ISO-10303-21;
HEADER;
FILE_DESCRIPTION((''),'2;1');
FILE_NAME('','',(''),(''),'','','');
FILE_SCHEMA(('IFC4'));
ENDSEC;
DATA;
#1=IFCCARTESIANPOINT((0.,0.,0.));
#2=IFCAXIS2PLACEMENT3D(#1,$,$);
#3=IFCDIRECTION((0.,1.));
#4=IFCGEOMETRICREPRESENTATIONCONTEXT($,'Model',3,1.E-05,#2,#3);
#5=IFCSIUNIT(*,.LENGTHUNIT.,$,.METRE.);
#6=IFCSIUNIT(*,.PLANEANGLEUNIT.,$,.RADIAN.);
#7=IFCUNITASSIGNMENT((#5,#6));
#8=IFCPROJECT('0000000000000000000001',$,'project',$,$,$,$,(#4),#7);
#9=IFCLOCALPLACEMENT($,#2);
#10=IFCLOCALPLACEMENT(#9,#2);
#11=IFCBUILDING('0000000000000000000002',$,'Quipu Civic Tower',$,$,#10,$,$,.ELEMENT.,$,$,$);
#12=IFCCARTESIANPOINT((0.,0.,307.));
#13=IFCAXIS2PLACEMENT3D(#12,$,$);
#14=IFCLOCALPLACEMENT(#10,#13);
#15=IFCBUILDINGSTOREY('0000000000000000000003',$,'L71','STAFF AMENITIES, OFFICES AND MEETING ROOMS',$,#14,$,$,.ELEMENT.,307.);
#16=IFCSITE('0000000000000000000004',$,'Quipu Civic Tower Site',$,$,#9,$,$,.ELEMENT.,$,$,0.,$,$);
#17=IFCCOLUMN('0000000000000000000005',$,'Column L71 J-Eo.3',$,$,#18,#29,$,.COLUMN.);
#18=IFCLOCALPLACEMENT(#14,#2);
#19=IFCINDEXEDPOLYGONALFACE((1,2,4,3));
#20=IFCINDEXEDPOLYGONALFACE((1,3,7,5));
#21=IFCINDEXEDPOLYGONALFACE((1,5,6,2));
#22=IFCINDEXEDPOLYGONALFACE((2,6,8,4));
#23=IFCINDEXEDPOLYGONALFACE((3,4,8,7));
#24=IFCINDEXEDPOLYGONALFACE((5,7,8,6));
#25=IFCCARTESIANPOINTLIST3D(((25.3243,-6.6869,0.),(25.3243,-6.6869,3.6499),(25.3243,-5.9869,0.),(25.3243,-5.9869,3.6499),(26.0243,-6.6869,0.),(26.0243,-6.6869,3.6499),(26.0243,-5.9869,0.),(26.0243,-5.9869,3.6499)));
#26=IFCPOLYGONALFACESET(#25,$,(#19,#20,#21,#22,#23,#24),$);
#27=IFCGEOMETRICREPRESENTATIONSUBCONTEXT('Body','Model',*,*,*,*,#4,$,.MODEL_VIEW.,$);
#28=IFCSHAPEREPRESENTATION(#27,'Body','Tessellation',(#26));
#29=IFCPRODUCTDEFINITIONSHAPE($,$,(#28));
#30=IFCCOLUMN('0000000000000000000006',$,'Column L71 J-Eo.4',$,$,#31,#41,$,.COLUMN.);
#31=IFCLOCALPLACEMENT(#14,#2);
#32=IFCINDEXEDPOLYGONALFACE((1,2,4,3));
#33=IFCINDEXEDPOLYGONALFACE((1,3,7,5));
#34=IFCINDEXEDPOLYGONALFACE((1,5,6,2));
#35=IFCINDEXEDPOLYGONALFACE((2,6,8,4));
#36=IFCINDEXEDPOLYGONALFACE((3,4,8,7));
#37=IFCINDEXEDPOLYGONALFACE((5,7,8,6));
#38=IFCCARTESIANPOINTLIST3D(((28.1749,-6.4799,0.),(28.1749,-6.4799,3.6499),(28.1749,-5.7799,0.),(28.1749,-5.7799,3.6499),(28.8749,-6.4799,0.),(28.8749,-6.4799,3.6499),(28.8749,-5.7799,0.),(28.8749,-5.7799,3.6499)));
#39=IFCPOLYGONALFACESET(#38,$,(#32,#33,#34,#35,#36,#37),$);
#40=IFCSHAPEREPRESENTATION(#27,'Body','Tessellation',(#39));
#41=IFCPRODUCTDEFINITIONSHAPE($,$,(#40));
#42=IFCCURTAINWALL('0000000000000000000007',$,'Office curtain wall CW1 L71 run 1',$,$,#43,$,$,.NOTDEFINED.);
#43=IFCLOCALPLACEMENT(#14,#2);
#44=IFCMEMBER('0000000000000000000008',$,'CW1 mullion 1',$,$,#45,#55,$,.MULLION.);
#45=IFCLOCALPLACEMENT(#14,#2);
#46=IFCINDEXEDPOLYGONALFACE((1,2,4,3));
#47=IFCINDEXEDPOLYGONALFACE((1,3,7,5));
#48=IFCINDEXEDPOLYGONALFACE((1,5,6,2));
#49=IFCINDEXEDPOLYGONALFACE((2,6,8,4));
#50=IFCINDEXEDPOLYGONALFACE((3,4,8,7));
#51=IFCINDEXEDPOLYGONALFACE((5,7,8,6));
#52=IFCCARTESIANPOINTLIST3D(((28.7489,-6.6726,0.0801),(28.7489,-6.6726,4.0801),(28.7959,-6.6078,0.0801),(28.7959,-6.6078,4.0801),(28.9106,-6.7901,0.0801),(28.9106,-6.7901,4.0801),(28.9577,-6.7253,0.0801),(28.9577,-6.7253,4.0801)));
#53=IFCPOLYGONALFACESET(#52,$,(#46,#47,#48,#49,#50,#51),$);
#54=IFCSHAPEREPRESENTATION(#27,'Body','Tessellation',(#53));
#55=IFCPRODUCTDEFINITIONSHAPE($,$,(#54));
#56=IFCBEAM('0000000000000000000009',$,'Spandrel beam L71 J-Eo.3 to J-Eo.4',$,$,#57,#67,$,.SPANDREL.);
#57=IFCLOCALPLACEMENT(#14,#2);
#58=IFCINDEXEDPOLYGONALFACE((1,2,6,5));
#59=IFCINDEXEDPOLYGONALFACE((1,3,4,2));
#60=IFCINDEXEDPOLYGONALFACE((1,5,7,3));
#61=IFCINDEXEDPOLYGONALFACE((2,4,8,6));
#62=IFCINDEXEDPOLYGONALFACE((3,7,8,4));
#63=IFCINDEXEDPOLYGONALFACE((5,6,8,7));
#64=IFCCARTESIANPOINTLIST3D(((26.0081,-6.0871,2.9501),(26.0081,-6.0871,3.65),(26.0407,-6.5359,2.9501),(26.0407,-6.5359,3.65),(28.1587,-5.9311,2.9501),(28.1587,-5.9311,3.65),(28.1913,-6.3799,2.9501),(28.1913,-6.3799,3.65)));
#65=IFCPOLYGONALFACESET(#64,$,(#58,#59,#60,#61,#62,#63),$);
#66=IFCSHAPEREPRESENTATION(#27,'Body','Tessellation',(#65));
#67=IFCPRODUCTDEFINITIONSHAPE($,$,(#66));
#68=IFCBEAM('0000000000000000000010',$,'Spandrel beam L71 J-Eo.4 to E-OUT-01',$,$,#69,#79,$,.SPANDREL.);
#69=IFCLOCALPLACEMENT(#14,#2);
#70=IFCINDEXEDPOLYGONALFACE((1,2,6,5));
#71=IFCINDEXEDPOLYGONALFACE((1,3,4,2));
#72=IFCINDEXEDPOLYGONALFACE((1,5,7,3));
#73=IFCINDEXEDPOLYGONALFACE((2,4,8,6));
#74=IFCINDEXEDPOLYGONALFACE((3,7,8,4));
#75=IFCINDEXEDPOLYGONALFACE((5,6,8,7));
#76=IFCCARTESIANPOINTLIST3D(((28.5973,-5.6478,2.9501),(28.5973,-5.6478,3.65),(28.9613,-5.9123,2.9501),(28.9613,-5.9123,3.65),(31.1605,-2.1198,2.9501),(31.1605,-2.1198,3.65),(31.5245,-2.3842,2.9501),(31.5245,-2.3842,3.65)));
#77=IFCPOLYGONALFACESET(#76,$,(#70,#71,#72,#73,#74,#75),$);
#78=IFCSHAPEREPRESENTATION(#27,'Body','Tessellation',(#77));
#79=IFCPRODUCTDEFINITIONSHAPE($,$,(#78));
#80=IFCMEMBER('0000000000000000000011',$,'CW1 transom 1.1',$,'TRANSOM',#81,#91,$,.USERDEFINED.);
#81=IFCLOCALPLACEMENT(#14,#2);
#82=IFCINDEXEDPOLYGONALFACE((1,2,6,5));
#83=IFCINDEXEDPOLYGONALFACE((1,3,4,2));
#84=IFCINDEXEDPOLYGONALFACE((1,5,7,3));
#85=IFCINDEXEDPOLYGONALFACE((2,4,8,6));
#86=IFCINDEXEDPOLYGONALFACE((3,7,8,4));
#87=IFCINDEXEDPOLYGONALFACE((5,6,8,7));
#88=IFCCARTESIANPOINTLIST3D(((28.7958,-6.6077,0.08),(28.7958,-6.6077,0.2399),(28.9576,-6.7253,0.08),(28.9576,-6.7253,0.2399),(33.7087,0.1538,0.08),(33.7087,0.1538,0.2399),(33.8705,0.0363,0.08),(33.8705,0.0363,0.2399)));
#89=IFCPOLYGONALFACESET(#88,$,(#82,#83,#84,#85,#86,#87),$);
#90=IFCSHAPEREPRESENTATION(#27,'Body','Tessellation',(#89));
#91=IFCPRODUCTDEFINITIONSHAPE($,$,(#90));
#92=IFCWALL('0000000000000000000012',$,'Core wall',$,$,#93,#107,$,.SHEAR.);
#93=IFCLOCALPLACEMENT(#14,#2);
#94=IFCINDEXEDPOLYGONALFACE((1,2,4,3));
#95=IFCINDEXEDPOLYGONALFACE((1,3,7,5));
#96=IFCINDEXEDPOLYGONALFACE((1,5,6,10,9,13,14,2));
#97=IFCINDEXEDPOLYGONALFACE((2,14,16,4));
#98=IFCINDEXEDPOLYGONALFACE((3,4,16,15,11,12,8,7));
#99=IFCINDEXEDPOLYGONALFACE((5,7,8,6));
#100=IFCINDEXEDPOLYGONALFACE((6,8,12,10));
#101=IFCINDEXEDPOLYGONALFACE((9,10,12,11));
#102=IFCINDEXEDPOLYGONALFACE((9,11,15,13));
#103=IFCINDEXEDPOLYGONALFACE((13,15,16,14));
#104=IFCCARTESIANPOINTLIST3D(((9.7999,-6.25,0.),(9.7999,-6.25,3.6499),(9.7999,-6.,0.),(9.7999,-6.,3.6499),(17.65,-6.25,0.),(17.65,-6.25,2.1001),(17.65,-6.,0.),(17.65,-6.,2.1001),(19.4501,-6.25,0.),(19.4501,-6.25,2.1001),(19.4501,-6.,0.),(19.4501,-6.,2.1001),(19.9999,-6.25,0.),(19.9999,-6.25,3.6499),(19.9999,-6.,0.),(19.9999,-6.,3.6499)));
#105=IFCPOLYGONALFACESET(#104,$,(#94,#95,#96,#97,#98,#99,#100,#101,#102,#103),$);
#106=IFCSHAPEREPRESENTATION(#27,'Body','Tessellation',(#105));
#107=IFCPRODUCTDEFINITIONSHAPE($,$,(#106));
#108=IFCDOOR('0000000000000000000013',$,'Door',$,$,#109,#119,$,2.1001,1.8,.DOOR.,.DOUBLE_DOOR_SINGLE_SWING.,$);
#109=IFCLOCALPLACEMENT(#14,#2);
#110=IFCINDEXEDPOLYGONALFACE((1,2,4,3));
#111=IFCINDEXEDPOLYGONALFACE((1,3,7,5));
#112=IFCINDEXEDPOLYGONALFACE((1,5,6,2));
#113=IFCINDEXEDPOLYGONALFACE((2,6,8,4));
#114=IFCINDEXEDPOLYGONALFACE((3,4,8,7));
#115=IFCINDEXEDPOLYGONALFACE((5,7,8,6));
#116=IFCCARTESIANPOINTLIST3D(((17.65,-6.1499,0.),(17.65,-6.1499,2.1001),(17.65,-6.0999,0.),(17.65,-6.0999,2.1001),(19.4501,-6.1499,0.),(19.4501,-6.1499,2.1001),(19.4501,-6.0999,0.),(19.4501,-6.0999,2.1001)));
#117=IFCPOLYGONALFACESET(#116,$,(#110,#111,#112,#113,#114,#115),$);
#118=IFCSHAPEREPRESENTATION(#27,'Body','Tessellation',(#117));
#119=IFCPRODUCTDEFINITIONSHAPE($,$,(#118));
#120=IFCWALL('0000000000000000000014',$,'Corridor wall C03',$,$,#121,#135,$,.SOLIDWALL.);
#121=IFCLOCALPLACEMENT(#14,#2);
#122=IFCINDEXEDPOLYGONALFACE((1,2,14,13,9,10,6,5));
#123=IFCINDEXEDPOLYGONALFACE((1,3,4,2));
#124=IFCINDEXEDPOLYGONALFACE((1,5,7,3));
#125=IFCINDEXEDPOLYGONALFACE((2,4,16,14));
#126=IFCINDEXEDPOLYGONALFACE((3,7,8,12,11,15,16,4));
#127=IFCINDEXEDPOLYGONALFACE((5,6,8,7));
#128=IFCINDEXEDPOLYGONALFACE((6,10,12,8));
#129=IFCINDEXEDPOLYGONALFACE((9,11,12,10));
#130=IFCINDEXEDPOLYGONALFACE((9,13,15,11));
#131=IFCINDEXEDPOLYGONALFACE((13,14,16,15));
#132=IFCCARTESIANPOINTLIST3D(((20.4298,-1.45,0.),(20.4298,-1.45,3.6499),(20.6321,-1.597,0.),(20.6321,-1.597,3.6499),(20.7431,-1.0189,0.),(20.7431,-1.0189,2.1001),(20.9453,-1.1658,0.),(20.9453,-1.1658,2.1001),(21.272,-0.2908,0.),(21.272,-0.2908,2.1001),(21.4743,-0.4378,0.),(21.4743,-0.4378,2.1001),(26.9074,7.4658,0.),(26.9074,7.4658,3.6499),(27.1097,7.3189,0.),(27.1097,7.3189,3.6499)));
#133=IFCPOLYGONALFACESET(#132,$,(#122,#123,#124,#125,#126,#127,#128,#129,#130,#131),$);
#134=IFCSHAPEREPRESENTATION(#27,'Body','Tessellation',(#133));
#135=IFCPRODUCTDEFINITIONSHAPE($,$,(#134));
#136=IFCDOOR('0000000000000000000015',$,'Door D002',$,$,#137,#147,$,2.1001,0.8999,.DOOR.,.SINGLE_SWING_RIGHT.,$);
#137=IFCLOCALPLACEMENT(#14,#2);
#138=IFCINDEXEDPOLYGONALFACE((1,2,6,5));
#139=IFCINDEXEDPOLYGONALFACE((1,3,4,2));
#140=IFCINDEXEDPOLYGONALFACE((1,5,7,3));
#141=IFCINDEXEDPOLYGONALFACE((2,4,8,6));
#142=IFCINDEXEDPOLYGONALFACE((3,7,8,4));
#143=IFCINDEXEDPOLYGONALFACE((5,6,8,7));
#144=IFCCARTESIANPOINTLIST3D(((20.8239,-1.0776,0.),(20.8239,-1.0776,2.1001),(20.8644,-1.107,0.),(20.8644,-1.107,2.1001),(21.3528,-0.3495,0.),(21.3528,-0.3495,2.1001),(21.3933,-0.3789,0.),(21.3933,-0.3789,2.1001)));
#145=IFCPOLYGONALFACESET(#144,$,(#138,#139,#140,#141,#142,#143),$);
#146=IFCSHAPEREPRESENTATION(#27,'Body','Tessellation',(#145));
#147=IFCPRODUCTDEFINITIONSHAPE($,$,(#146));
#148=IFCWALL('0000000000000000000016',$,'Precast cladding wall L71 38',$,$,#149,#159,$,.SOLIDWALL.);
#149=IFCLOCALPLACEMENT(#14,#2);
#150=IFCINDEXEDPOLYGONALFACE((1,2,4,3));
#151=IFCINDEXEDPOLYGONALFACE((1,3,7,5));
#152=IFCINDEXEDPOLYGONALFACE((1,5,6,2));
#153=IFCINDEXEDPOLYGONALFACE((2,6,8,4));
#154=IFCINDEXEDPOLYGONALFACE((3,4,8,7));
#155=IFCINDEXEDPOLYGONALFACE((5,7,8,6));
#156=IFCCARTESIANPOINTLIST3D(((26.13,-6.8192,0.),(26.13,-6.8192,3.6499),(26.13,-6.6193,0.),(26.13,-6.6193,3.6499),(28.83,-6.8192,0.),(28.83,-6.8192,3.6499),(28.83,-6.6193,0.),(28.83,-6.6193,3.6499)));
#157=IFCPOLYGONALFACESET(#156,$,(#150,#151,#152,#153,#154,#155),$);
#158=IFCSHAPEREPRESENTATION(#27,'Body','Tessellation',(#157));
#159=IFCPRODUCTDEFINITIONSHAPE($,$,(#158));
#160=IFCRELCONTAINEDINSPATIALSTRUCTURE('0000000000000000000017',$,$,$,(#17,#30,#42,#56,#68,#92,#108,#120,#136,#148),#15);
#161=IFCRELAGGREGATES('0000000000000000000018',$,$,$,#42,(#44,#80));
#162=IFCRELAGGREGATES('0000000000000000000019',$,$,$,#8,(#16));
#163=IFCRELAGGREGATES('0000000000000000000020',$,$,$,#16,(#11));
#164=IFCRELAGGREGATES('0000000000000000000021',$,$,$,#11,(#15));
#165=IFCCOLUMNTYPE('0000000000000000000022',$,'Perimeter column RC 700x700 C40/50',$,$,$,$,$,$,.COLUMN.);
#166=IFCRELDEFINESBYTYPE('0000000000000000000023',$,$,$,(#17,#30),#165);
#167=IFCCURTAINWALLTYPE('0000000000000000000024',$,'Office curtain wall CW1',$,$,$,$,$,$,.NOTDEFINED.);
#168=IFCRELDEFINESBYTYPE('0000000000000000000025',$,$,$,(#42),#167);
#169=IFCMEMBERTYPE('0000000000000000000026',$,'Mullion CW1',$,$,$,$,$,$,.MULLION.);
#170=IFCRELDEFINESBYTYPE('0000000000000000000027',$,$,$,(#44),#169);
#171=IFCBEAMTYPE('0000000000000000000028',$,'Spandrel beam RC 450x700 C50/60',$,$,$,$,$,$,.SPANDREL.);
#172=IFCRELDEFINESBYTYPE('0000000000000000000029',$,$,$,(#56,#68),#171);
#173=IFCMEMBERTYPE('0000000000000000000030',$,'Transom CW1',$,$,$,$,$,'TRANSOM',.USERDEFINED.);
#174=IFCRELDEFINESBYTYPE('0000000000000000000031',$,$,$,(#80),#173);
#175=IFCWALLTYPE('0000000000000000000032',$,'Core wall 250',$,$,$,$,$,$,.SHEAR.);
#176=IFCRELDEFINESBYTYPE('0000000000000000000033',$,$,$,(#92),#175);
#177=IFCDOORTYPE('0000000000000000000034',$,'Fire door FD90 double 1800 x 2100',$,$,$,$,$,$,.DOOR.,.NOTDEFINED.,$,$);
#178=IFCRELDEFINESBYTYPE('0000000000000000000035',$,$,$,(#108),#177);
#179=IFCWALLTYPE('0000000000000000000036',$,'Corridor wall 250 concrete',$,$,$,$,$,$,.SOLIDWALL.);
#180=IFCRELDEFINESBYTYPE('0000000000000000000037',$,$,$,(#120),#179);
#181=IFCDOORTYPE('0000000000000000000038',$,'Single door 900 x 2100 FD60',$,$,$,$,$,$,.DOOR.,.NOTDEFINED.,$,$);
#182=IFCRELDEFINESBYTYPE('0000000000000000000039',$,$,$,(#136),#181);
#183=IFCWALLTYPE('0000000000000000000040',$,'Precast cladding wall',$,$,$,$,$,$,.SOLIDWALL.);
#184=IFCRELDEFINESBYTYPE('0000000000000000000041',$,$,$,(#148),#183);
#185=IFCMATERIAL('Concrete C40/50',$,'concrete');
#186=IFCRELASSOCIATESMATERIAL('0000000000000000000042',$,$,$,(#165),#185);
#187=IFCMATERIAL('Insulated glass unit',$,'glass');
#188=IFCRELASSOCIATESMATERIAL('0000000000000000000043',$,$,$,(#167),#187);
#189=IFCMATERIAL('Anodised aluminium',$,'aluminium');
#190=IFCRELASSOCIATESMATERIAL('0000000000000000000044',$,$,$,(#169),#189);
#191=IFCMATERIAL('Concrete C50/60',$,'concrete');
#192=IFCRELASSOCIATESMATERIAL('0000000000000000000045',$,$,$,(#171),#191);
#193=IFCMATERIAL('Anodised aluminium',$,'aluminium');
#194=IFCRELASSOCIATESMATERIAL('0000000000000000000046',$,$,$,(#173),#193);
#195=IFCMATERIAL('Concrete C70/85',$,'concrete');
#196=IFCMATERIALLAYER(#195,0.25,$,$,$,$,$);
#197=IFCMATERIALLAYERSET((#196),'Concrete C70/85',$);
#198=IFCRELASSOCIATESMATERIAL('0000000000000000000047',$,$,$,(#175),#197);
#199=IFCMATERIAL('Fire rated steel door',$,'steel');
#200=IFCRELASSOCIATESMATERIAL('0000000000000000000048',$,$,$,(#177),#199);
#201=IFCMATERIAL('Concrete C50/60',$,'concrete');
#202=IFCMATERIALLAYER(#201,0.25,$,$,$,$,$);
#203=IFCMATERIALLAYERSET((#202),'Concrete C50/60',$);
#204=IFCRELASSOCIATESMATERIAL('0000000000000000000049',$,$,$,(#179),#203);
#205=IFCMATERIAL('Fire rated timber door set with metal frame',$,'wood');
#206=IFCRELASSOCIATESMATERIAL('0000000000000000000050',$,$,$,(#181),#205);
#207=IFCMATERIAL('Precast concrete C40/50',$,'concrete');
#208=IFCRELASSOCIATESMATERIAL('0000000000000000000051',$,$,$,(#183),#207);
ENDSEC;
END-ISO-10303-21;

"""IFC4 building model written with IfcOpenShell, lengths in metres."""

from ifc_helpers import new_model, si_unit, direction, frame, frame_2d, origin, origin_2d, place, context, subcontext, project, spatial, rectangle, extrude, material, layer, layer_set, material_profile, profile_set, type_object, element, fill, aggregate, save


model = new_model("IFC4")

# Units and contexts
model_context = context("Model", 3, precision=1e-05, world=origin(), true_north=direction((0.0, 1.0)))
body_context = subcontext(model_context, "Body", "Model", "MODEL_VIEW")
ifc_project = project(units=[si_unit("LENGTHUNIT", "METRE"), si_unit("PLANEANGLEUNIT", "RADIAN")], contexts=[model_context])

# Site, building, storey
site_placement = place(None, origin())
site = spatial("IfcSite", under=ifc_project, at=site_placement, Name="Quipu Civic Tower Site", CompositionType="ELEMENT", RefElevation=0.0)
building_placement = place(site_placement, origin())
building = spatial("IfcBuilding", under=site, at=building_placement, Name="Quipu Civic Tower", CompositionType="ELEMENT")
storey_placement = place(building_placement, frame((0.0, 0.0, 307.0)))
storey = spatial("IfcBuildingStorey", under=building, at=storey_placement, Name="L71", Description="STAFF AMENITIES, OFFICES AND MEETING ROOMS", CompositionType="ELEMENT", Elevation=307.0)

# Columns
ifc_material_1 = material(Name="Concrete C40/50", Category="concrete")
ifc_material_profile_1 = material_profile(ifc_material_1, rectangle(XDim=0.7, YDim=0.7, at=origin_2d()), Name="RC700x700")
ifc_profile_set_1 = profile_set([ifc_material_profile_1], Name="Concrete C40/50")
column_type = type_object("IfcColumnType", Name="Perimeter column RC 700x700 C40/50", PredefinedType="COLUMN", material=ifc_profile_set_1)
for number, where, z_axis, x_axis, name in (
    (1, (25.6743, -6.3369, 0.0), (0.0, 0.0, 1.0), (1.0, 0.0, 0.0), "Column L71 J-Eo.3"),
    (2, (28.5249, -6.1299, 0.0), (0.0, 0.0, 1.0), (1.0, 0.0, 0.0), "Column L71 J-Eo.4"),
):
    element("IfcColumn", number, at=place(storey_placement, frame(where, z_axis=z_axis, x_axis=x_axis)), inside=storey, type_object=column_type, Name=name, PredefinedType="COLUMN", context=body_context, shape_type="SweptSolid", body=[
        extrude(rectangle(XDim=0.7, YDim=0.7, at=origin_2d()), origin(), (0.0, 0.0, 1.0), 3.6499),
    ])

# Curtain wall, member
ifc_material_2 = material(Name="Insulated glass unit", Category="glass")
curtain_wall_type = type_object("IfcCurtainWallType", Name="Office curtain wall CW1", PredefinedType="NOTDEFINED", material=ifc_material_2)
curtain_wall_placement = place(storey_placement, origin())
curtain_wall = element("IfcCurtainWall", 3, at=curtain_wall_placement, inside=storey, type_object=curtain_wall_type, Name="Office curtain wall CW1 L71 run 1", PredefinedType="NOTDEFINED")
ifc_material_3 = material(Name="Anodised aluminium", Category="aluminium")
ifc_material_profile_2 = material_profile(ifc_material_3, rectangle(XDim=0.2, YDim=0.0801, at=origin_2d()), Name="RECT 200x80")
ifc_profile_set_2 = profile_set([ifc_material_profile_2], Name="Anodised aluminium")
member_type_1 = type_object("IfcMemberType", Name="Mullion CW1", PredefinedType="MULLION", material=ifc_profile_set_2)
member_1_placement = place(storey_placement, frame((28.8533, -6.699, 0.0801), z_axis=(0.0, 0.0, 1.0), x_axis=(-0.809016, 0.587786, 0.0)))
member_1 = element("IfcMember", 4, at=member_1_placement, type_object=member_type_1, Name="CW1 mullion 1", PredefinedType="MULLION", context=body_context, shape_type="SweptSolid", body=[
    extrude(rectangle(XDim=0.2, YDim=0.0801, at=origin_2d()), origin(), (0.0, 0.0, 1.0), 4.0),
])

# Beams
ifc_material_4 = material(Name="Concrete C50/60", Category="concrete")
ifc_material_profile_3 = material_profile(ifc_material_4, rectangle(XDim=0.45, YDim=0.7, at=origin_2d()), Name="RC450x700")
ifc_profile_set_3 = profile_set([ifc_material_profile_3], Name="Concrete C50/60")
beam_type = type_object("IfcBeamType", Name="Spandrel beam RC 450x700 C50/60", PredefinedType="SPANDREL", material=ifc_profile_set_3)
beam_1_placement = place(storey_placement, frame((26.0244, -6.3115, 3.3), z_axis=(0.997379, 0.072349, 0.0), x_axis=(-0.072349, 0.997379, 0.0)))
element("IfcBeam", 5, at=beam_1_placement, inside=storey, type_object=beam_type, Name="Spandrel beam L71 J-Eo.3 to J-Eo.4", PredefinedType="SPANDREL", context=body_context, shape_type="SweptSolid", body=[
    extrude(rectangle(XDim=0.45, YDim=0.7, at=origin_2d()), origin(), (0.0, 0.0, 1.0), 2.1562),
])
beam_2_placement = place(storey_placement, frame((28.7793, -5.78, 3.3), z_axis=(0.587776, 0.809024, 0.0), x_axis=(-0.809024, 0.587776, 0.0)))
element("IfcBeam", 6, at=beam_2_placement, inside=storey, type_object=beam_type, Name="Spandrel beam L71 J-Eo.4 to E-OUT-01", PredefinedType="SPANDREL", context=body_context, shape_type="SweptSolid", body=[
    extrude(rectangle(XDim=0.45, YDim=0.7, at=origin_2d()), origin(), (0.0, 0.0, 1.0), 4.3608),
])

# Member
ifc_material_5 = material(Name="Anodised aluminium", Category="aluminium")
ifc_material_profile_4 = material_profile(ifc_material_5, rectangle(XDim=0.2, YDim=0.1599, at=origin_2d()), Name="RECT 200x160")
ifc_profile_set_4 = profile_set([ifc_material_profile_4], Name="Anodised aluminium")
member_type_2 = type_object("IfcMemberType", Name="Transom CW1", ElementType="TRANSOM", PredefinedType="USERDEFINED", material=ifc_profile_set_4)
member_2_placement = place(storey_placement, frame((28.8767, -6.6665, 0.1599), z_axis=(0.587812, 0.808997, 0.0), x_axis=(-0.808997, 0.587812, 0.0)))
member_2 = element("IfcMember", 7, at=member_2_placement, type_object=member_type_2, Name="CW1 transom 1.1", ObjectType="TRANSOM", PredefinedType="USERDEFINED", context=body_context, shape_type="SweptSolid", body=[
    extrude(rectangle(XDim=0.2, YDim=0.1599, at=origin_2d()), origin(), (0.0, 0.0, 1.0), 8.3579),
])
aggregate(curtain_wall, [member_1, member_2])

# Wall, opening, door
ifc_material_6 = material(Name="Concrete C70/85", Category="concrete")
ifc_layer_1 = layer(ifc_material_6, 0.25)
ifc_layer_set_1 = layer_set([ifc_layer_1], Name="Concrete C70/85")
wall_type_1 = type_object("IfcWallType", Name="Core wall 250", PredefinedType="SHEAR", material=ifc_layer_set_1)
wall_1_placement = place(storey_placement, frame((20.0, -6.125, 0.0), z_axis=(0.0, 0.0, 1.0), x_axis=(-1.0, 0.0, 0.0)))
wall_1 = element("IfcWall", 8, at=wall_1_placement, inside=storey, type_object=wall_type_1, Name="Core wall", PredefinedType="SHEAR", context=body_context, shape_type="SweptSolid", body=[
    extrude(rectangle(XDim=10.2, YDim=0.25, at=frame_2d((5.1001, 0.0))), origin(), (0.0, 0.0, 1.0), 3.6499),
])
opening_1_placement = place(wall_1_placement, frame((0.55, 0.0, 0.0)))
opening_1 = element("IfcOpeningElement", 9, at=opening_1_placement, cuts=wall_1, PredefinedType="OPENING", context=body_context, shape_type="SweptSolid", body=[
    extrude(rectangle(XDim=1.8, YDim=2.1001, at=frame_2d((0.8999, 1.05))), frame((0.0, 0.135, 0.0), z_axis=(0.0, -1.0, 0.0), x_axis=(1.0, 0.0, 0.0)), (0.0, 0.0, 1.0), 0.27),
])
ifc_material_7 = material(Name="Fire rated steel door", Category="steel")
door_type_1 = type_object("IfcDoorType", Name="Fire door FD90 double 1800 x 2100", OperationType="NOTDEFINED", PredefinedType="DOOR", material=ifc_material_7)
door_1_placement = place(opening_1_placement, origin())
door_1 = element("IfcDoor", 10, at=door_1_placement, inside=storey, type_object=door_type_1, Name="Door", OperationType="DOUBLE_DOOR_SINGLE_SWING", OverallHeight=2.1001, OverallWidth=1.8, PredefinedType="DOOR", context=body_context, shape_type="SweptSolid", body=[
    extrude(rectangle(XDim=1.8, YDim=2.1001, at=frame_2d((0.8999, 1.05))), frame((0.0, 0.0249, 0.0), z_axis=(0.0, -1.0, 0.0), x_axis=(1.0, 0.0, 0.0)), (0.0, 0.0, 1.0), 0.05),
])
fill(opening_1, door_1)

# Wall, opening, door
ifc_material_8 = material(Name="Concrete C50/60", Category="concrete")
ifc_layer_2 = layer(ifc_material_8, 0.25)
ifc_layer_set_2 = layer_set([ifc_layer_2], Name="Concrete C50/60")
wall_type_2 = type_object("IfcWallType", Name="Corridor wall 250 concrete", PredefinedType="SOLIDWALL", material=ifc_layer_set_2)
wall_2_placement = place(storey_placement, frame((27.0085, 7.3923, 0.0), z_axis=(0.0, 0.0, 1.0), x_axis=(-0.587776, -0.809023, 0.0)))
wall_2 = element("IfcWall", 11, at=wall_2_placement, inside=storey, type_object=wall_type_2, Name="Corridor wall C03", PredefinedType="SOLIDWALL", context=body_context, shape_type="SweptSolid", body=[
    extrude(rectangle(XDim=11.0205, YDim=0.25, at=frame_2d((5.5103, 0.0))), origin(), (0.0, 0.0, 1.0), 3.6499),
])
opening_2_placement = place(wall_2_placement, frame((9.5876, 0.0, 0.0)))
opening_2 = element("IfcOpeningElement", 12, at=opening_2_placement, cuts=wall_2, PredefinedType="OPENING", context=body_context, shape_type="SweptSolid", body=[
    extrude(rectangle(XDim=0.8999, YDim=2.1001, at=frame_2d((0.45, 1.05))), frame((0.0, 0.135, 0.0), z_axis=(0.0, -1.0, 0.0), x_axis=(1.0, 0.0, 0.0)), (0.0, 0.0, 1.0), 0.27),
])
ifc_material_9 = material(Name="Fire rated timber door set with metal frame", Category="wood")
door_type_2 = type_object("IfcDoorType", Name="Single door 900 x 2100 FD60", OperationType="NOTDEFINED", PredefinedType="DOOR", material=ifc_material_9)
door_2_placement = place(opening_2_placement, origin())
door_2 = element("IfcDoor", 13, at=door_2_placement, inside=storey, type_object=door_type_2, Name="Door D002", OperationType="SINGLE_SWING_RIGHT", OverallHeight=2.1001, OverallWidth=0.8999, PredefinedType="DOOR", context=body_context, shape_type="SweptSolid", body=[
    extrude(rectangle(XDim=0.8999, YDim=2.1001, at=frame_2d((0.45, 1.05))), frame((0.0, 0.0249, 0.0), z_axis=(0.0, -1.0, 0.0), x_axis=(1.0, 0.0, 0.0)), (0.0, 0.0, 1.0), 0.05),
])
fill(opening_2, door_2)

# Wall
ifc_material_10 = material(Name="Precast concrete C40/50", Category="concrete")
wall_type_3 = type_object("IfcWallType", Name="Precast cladding wall", PredefinedType="SOLIDWALL", material=ifc_material_10)
wall_3_placement = place(storey_placement, frame((26.1299, -6.7192, 0.0), z_axis=(0.0, 0.0, 1.0), x_axis=(1.0, 0.0, 0.0)))
element("IfcWall", 14, at=wall_3_placement, inside=storey, type_object=wall_type_3, Name="Precast cladding wall L71 38", PredefinedType="SOLIDWALL", context=body_context, shape_type="SweptSolid", body=[
    extrude(rectangle(XDim=2.7, YDim=0.2, at=frame_2d((1.3501, 0.0))), origin(), (0.0, 0.0, 1.0), 3.6499),
])

save(model, "model.ifc")
